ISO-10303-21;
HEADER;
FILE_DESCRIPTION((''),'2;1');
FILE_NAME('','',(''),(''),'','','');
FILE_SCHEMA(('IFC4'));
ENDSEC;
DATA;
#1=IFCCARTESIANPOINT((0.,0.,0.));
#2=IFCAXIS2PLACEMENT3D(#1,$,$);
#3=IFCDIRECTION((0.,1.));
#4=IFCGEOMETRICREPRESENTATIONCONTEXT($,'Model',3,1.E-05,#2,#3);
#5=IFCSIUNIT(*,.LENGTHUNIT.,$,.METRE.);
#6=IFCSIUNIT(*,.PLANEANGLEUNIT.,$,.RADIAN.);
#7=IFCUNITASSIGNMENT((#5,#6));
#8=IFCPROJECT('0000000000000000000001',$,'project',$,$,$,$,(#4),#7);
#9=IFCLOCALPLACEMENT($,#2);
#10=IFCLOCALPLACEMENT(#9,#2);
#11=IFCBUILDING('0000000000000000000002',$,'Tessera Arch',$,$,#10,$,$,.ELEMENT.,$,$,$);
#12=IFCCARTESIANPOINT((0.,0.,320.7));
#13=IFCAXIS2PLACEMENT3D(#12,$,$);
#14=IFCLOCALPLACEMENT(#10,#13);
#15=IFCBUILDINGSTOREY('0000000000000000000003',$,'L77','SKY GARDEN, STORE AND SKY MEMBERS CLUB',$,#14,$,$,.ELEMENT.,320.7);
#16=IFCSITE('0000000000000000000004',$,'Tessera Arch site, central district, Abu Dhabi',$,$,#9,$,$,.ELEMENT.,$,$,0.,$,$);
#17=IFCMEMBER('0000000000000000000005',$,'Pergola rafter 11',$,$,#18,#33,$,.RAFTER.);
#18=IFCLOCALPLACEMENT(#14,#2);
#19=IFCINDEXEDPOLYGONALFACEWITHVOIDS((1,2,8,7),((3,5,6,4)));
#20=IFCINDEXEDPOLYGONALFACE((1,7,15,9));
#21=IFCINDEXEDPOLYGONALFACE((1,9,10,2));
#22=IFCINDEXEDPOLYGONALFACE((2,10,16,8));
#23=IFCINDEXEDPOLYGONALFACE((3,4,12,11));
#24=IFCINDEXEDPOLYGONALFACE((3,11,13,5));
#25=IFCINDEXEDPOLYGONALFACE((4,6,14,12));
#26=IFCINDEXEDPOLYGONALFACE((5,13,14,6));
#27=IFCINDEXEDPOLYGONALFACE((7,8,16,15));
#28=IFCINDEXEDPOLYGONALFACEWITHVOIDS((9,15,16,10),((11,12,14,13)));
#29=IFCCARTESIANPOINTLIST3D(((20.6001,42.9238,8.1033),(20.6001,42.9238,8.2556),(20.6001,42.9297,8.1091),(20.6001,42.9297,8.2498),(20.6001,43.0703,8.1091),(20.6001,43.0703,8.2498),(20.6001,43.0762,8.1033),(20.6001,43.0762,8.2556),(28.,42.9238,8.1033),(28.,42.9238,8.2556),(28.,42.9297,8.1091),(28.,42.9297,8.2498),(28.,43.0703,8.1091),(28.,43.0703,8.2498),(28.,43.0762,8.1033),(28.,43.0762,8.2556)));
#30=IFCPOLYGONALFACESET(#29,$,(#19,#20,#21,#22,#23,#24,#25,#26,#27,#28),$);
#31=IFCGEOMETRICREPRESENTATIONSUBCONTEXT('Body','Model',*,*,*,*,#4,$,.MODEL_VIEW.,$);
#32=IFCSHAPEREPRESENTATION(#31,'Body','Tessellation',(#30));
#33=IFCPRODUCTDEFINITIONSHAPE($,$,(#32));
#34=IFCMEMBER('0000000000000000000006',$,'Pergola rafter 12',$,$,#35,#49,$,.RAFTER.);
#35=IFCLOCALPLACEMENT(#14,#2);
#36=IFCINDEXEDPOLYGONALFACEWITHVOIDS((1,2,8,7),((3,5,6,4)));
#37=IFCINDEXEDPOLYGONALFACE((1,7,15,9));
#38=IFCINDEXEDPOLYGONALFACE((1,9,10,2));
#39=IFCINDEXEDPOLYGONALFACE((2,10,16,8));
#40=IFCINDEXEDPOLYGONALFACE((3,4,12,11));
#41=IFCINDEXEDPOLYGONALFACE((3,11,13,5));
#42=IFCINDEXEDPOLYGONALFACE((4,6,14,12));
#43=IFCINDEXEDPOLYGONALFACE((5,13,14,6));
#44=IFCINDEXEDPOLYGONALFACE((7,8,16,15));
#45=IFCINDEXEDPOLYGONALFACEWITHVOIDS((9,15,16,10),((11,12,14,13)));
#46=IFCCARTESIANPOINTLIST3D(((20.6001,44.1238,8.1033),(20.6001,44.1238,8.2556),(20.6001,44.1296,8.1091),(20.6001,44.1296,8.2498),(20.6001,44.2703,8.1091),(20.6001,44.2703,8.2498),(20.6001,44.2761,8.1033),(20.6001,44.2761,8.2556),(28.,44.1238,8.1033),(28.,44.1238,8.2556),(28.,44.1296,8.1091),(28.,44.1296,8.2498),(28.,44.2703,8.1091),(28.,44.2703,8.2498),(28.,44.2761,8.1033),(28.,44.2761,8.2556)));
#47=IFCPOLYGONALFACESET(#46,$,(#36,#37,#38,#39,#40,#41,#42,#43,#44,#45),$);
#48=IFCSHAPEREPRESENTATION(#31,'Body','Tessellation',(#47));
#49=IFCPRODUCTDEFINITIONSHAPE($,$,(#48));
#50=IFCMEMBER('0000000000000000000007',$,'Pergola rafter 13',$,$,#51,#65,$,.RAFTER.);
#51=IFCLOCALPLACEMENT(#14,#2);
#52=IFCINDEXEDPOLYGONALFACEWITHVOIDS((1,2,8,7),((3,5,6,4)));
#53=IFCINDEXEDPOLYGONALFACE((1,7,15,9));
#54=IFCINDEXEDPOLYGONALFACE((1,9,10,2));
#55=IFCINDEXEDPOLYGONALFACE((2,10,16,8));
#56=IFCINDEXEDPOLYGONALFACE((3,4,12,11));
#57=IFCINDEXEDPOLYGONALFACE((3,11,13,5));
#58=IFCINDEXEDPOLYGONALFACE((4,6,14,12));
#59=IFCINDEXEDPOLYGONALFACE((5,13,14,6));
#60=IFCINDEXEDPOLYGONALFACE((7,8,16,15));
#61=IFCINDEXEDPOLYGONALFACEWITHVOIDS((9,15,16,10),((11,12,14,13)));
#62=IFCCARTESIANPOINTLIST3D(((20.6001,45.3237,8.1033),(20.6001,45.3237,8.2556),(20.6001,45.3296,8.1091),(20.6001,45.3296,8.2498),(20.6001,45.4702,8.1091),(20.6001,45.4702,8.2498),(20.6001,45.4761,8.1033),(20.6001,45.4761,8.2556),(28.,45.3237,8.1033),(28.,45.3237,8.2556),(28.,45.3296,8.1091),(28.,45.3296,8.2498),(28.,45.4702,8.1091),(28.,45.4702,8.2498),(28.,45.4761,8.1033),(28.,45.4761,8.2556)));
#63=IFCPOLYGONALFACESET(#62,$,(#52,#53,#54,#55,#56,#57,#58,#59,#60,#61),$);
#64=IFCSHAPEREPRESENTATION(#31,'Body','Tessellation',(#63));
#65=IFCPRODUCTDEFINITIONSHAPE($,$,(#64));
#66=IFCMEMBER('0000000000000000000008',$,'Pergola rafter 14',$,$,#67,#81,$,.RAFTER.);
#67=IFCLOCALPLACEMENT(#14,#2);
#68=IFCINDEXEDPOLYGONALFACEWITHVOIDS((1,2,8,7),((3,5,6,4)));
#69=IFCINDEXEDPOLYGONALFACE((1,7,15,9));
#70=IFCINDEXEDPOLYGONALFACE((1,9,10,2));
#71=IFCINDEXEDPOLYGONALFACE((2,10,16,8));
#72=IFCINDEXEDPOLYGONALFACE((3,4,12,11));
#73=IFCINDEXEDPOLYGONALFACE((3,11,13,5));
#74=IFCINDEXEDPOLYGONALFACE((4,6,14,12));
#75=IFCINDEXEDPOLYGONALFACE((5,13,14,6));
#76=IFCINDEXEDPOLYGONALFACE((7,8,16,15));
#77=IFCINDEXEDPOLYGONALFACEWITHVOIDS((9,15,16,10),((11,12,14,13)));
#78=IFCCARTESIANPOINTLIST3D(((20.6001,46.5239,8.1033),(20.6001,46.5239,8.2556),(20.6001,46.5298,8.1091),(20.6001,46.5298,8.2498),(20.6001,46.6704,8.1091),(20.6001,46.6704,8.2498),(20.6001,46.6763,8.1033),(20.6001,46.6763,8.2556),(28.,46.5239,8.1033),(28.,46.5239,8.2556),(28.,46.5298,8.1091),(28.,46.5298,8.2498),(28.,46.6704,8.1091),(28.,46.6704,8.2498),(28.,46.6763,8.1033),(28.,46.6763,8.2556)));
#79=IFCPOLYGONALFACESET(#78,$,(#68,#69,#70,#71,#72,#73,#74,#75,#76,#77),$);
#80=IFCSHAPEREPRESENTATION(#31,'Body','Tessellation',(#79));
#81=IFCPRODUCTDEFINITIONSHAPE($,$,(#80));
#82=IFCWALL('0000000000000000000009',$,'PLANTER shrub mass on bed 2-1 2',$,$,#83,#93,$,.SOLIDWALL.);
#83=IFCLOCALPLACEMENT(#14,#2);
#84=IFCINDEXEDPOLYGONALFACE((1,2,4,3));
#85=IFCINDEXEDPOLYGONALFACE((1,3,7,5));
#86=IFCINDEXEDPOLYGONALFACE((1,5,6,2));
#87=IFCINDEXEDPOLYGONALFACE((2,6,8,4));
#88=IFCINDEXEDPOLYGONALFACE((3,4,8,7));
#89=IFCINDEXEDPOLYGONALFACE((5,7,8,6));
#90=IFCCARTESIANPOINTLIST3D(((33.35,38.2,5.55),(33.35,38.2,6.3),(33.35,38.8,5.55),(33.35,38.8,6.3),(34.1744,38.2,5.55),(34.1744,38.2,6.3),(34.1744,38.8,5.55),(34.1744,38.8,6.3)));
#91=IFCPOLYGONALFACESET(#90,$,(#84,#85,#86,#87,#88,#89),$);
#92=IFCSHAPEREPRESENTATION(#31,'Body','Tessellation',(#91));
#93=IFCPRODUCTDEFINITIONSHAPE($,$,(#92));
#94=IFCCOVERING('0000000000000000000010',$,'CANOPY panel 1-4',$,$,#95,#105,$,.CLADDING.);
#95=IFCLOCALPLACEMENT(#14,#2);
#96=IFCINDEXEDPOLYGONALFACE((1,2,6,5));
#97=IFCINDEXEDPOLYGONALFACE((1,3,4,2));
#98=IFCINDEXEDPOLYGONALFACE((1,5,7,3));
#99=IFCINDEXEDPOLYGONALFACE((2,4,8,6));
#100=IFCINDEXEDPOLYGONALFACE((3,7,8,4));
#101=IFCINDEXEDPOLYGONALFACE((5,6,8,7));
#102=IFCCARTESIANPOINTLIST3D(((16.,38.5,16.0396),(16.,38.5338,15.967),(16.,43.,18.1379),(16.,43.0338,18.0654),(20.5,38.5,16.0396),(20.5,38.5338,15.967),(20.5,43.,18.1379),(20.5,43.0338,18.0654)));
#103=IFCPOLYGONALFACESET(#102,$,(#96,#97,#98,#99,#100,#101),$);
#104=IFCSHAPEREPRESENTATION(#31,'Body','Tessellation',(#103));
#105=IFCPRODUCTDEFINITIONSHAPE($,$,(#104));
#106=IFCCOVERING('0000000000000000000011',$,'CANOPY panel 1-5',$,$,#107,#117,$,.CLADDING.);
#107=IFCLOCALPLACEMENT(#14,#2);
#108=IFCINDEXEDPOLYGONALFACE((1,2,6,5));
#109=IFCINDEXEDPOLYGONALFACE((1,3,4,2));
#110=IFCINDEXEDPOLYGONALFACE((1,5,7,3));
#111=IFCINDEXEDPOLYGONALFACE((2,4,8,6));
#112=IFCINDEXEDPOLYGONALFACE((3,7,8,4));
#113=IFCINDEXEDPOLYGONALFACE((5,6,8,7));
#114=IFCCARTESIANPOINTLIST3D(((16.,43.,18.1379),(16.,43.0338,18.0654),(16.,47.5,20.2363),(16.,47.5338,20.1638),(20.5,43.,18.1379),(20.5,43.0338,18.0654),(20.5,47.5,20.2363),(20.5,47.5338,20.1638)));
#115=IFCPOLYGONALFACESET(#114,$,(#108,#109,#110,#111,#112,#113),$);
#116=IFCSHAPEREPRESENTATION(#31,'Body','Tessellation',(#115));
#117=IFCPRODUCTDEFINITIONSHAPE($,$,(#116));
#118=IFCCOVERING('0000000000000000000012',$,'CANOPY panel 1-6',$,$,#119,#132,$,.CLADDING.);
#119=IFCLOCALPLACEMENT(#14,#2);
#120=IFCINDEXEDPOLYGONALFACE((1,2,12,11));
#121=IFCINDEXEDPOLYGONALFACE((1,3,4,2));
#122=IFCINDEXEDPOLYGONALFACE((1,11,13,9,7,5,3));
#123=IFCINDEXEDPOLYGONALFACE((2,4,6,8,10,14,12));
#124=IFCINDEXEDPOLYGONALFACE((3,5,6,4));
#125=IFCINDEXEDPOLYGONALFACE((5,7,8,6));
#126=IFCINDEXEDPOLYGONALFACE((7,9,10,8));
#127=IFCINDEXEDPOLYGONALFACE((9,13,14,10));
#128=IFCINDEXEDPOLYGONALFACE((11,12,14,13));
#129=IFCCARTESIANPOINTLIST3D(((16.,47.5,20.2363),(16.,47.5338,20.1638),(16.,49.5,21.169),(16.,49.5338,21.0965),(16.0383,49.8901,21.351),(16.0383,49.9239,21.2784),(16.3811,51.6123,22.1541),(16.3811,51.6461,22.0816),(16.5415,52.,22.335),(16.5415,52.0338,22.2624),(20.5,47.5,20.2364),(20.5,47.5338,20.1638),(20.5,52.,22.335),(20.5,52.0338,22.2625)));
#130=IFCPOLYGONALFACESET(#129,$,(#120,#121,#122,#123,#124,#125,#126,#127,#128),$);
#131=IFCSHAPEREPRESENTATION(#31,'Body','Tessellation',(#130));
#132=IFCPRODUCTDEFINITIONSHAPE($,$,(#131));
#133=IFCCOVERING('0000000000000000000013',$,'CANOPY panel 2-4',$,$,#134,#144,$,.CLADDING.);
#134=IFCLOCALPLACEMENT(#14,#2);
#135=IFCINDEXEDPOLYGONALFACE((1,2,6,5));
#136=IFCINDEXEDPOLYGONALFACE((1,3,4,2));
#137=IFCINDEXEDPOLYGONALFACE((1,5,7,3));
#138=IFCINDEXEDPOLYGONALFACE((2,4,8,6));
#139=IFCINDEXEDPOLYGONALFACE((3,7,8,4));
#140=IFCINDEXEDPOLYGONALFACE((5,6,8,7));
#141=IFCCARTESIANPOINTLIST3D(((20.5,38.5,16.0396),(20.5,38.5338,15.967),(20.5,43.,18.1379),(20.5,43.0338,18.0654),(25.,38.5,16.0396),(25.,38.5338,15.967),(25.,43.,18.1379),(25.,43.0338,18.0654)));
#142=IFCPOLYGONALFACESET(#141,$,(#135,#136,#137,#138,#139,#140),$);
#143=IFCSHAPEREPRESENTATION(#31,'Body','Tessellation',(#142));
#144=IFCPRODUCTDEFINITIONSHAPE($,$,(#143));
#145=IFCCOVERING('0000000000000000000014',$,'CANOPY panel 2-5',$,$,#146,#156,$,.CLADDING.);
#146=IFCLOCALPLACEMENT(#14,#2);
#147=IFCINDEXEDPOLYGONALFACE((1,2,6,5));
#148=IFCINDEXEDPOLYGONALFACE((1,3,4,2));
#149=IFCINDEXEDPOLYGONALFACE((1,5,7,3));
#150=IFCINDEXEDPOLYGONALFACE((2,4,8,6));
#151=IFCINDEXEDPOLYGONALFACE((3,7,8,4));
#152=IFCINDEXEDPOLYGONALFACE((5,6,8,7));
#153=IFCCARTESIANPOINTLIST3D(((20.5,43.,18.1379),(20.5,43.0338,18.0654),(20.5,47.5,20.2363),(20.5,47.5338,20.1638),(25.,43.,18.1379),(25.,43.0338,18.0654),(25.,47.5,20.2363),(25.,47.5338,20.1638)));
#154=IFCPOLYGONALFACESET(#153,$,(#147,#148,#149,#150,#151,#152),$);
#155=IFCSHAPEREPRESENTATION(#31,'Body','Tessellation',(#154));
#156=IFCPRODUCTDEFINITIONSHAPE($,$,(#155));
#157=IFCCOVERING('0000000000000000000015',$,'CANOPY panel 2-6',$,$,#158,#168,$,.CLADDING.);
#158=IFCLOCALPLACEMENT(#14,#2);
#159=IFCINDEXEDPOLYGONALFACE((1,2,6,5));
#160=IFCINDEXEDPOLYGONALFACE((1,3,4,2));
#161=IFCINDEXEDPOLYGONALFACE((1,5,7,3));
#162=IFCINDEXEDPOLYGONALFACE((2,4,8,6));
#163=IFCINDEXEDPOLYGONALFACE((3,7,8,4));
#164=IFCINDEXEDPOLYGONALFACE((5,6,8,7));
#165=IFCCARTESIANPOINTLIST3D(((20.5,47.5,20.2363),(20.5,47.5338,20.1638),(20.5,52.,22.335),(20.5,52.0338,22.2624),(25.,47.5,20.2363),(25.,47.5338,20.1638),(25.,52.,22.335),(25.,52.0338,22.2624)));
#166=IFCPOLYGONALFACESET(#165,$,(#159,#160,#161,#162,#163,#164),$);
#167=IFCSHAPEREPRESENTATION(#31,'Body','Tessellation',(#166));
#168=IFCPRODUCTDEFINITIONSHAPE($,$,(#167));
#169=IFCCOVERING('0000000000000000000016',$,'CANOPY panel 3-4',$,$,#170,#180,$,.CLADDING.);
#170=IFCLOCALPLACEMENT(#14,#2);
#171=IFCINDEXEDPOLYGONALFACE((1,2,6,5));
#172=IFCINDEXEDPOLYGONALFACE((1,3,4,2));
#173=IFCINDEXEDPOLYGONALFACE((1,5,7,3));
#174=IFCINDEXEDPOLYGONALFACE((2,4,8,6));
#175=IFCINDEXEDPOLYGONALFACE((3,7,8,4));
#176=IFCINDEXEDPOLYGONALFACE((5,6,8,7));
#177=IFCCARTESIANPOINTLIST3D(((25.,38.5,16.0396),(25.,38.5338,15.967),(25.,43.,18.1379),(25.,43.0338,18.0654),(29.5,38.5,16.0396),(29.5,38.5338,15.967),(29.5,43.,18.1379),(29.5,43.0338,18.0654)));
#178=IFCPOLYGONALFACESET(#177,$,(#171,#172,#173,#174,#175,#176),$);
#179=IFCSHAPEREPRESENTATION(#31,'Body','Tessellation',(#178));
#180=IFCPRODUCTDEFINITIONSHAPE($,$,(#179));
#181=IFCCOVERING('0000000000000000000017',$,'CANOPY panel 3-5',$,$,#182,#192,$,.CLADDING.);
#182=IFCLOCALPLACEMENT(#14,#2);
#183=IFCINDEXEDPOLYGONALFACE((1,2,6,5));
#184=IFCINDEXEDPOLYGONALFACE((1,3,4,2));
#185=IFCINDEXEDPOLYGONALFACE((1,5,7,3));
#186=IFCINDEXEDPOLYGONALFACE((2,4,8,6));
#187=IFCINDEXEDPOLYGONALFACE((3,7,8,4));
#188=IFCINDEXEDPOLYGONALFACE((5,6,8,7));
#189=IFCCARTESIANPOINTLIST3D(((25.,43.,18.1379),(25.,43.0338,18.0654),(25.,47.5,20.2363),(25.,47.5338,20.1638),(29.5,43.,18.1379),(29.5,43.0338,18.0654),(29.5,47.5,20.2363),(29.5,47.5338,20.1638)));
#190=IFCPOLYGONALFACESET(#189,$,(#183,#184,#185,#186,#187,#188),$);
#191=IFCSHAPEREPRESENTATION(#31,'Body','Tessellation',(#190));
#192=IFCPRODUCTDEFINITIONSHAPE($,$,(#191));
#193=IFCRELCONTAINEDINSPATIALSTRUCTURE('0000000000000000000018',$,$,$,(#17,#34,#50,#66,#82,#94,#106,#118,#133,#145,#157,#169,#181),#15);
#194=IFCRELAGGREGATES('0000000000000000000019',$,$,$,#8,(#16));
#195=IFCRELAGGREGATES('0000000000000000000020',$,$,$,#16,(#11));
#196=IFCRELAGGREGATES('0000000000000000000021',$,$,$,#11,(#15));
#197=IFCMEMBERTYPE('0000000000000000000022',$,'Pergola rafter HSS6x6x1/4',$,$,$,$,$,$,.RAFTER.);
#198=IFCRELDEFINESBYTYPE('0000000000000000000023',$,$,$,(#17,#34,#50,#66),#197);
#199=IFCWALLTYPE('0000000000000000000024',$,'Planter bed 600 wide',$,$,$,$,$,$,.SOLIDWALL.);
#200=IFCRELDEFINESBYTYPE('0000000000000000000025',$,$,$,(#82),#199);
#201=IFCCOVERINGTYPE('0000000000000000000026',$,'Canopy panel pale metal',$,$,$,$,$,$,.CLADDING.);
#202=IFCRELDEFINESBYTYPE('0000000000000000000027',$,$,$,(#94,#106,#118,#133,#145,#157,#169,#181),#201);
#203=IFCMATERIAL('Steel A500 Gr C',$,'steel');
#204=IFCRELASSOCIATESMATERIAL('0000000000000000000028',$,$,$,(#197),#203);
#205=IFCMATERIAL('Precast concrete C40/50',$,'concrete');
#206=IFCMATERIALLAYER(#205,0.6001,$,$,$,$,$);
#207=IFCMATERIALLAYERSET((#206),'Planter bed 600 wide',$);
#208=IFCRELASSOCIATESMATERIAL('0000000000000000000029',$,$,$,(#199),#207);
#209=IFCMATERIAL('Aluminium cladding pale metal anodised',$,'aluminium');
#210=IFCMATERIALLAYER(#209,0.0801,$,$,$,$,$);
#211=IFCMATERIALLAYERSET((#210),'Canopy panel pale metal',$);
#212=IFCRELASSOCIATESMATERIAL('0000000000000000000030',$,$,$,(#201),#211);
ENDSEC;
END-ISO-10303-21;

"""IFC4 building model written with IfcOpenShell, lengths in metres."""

from ifc_helpers import new_model, si_unit, direction, frame, frame_2d, origin, origin_2d, place, context, subcontext, project, spatial, polyline, rectangle, hollow_rectangle, outline, extrude, material, layer, layer_set, material_profile, profile_set, type_object, element, save


model = new_model("IFC4")

# Units and contexts
model_context = context("Model", 3, precision=1e-05, world=origin(), true_north=direction((0.0, 1.0)))
body_context = subcontext(model_context, "Body", "Model", "MODEL_VIEW")
ifc_project = project(units=[si_unit("LENGTHUNIT", "METRE"), si_unit("PLANEANGLEUNIT", "RADIAN")], contexts=[model_context])

# Site, building, storey
site_placement = place(None, origin())
site = spatial("IfcSite", under=ifc_project, at=site_placement, Name="Tessera Arch site, central district, Abu Dhabi", CompositionType="ELEMENT", RefElevation=0.0)
building_placement = place(site_placement, origin())
building = spatial("IfcBuilding", under=site, at=building_placement, Name="Tessera Arch", CompositionType="ELEMENT")
storey_placement = place(building_placement, frame((0.0, 0.0, 320.7)))
storey = spatial("IfcBuildingStorey", under=building, at=storey_placement, Name="L77", Description="SKY GARDEN, STORE AND SKY MEMBERS CLUB", CompositionType="ELEMENT", Elevation=320.7)

# Members
ifc_material_1 = material(Name="Steel A500 Gr C", Category="steel")
ifc_material_profile_1 = material_profile(ifc_material_1, hollow_rectangle(XDim=0.1523, YDim=0.1523, WallThickness=0.0059, at=origin_2d()), Name="HSS6x6x1/4")
ifc_profile_set_1 = profile_set([ifc_material_profile_1], Name="Steel A500 Gr C")
member_type_1 = type_object("IfcMemberType", Name="Pergola rafter HSS6x6x1/4", PredefinedType="RAFTER", material=ifc_profile_set_1)
for number, where, z_axis, x_axis, name in (
    (1, (20.6001, 43.0, 8.1794), (1.0, 0.0, 0.0), (0.0, 1.0, 0.0), "Pergola rafter 11"),
    (2, (20.6001, 44.2, 8.1794), (1.0, 0.0, 0.0), (0.0, 1.0, 0.0), "Pergola rafter 12"),
    (3, (20.6001, 45.3999, 8.1794), (1.0, 0.0, 0.0), (0.0, 1.0, 0.0), "Pergola rafter 13"),
    (4, (20.6001, 46.6001, 8.1794), (1.0, 0.0, 0.0), (0.0, 1.0, 0.0), "Pergola rafter 14"),
):
    element("IfcMember", number, at=place(storey_placement, frame(where, z_axis=z_axis, x_axis=x_axis)), inside=storey, type_object=member_type_1, Name=name, PredefinedType="RAFTER", context=body_context, shape_type="SweptSolid", body=[
        extrude(hollow_rectangle(XDim=0.1523, YDim=0.1523, WallThickness=0.0059, at=origin_2d()), origin(), (0.0, 0.0, 1.0), 7.3999),
    ])

# Wall
ifc_material_2 = material(Name="Precast concrete C40/50", Category="concrete")
ifc_layer_1 = layer(ifc_material_2, 0.6001)
ifc_layer_set_1 = layer_set([ifc_layer_1], Name="Planter bed 600 wide")
wall_type = type_object("IfcWallType", Name="Planter bed 600 wide", PredefinedType="SOLIDWALL", material=ifc_layer_set_1)
wall_placement = place(storey_placement, frame((33.3501, 38.5, 5.55), z_axis=(0.0, 0.0, 1.0), x_axis=(1.0, 0.0, 0.0)))
element("IfcWall", 5, at=wall_placement, inside=storey, type_object=wall_type, Name="PLANTER shrub mass on bed 2-1 2", PredefinedType="SOLIDWALL", context=body_context, shape_type="SweptSolid", body=[
    extrude(rectangle(XDim=0.8245, YDim=0.6001, at=frame_2d((0.4121, 0.0))), origin(), (0.0, 0.0, 1.0), 0.75),
])

# Coverings
ifc_material_3 = material(Name="Aluminium cladding pale metal anodised", Category="aluminium")
ifc_layer_2 = layer(ifc_material_3, 0.0801)
ifc_layer_set_2 = layer_set([ifc_layer_2], Name="Canopy panel pale metal")
covering_type = type_object("IfcCoveringType", Name="Canopy panel pale metal", PredefinedType="CLADDING", material=ifc_layer_set_2)
for number, where, z_axis, x_axis, name in (
    (6, (16.0, 38.5, 16.0396), (0.0, -0.422619, 0.906307), (1.0, 0.0, 0.0), "CANOPY panel 1-4"),
    (7, (16.0, 43.0, 18.1379), (0.0, -0.422619, 0.906307), (1.0, 0.0, 0.0), "CANOPY panel 1-5"),
):
    element("IfcCovering", number, at=place(storey_placement, frame(where, z_axis=z_axis, x_axis=x_axis)), inside=storey, type_object=covering_type, Name=name, PredefinedType="CLADDING", context=body_context, shape_type="SweptSolid", body=[
        extrude(outline(polyline([(0.0, 0.0), (4.5, 0.0), (4.5, 4.9652), (0.0, 4.9652), (0.0, 0.0)])), origin(), (0.0, 0.0, -1.0), 0.0801),
    ])
covering_1_placement = place(storey_placement, frame((16.0, 47.5, 20.2363), z_axis=(-0.000019, -0.422657, 0.90629), x_axis=(1.0, -0.000008, 0.000017)))
element("IfcCovering", 8, at=covering_1_placement, inside=storey, type_object=covering_type, Name="CANOPY panel 1-6", PredefinedType="CLADDING", context=body_context, shape_type="SweptSolid", body=[
    extrude(outline(polyline([(0.0, 0.0), (4.5, 0.0), (4.5, 4.9653), (0.5415, 4.9653), (0.3811, 4.5375), (0.0383, 2.6372), (0.0, 2.2068), (0.0, 0.0)])), origin(), (0.0, 0.0, -1.0), 0.0801),
])
for number, where, z_axis, x_axis, name in (
    (9, (25.0, 38.5, 16.0396), (0.0, -0.422619, 0.906307), (0.0, 0.906307, 0.422619), "CANOPY panel 2-4"),
    (10, (25.0, 43.0, 18.1379), (0.0, -0.422619, 0.906307), (0.0, 0.906307, 0.422619), "CANOPY panel 2-5"),
):
    element("IfcCovering", number, at=place(storey_placement, frame(where, z_axis=z_axis, x_axis=x_axis)), inside=storey, type_object=covering_type, Name=name, PredefinedType="CLADDING", context=body_context, shape_type="SweptSolid", body=[
        extrude(outline(polyline([(0.0, 0.0), (4.9652, 0.0), (4.9652, 4.5), (0.0, 4.5), (0.0, 0.0)])), origin(), (0.0, 0.0, -1.0), 0.0801),
    ])
covering_2_placement = place(storey_placement, frame((25.0, 47.5, 20.2363), z_axis=(0.0, -0.422659, 0.906289), x_axis=(0.0, 0.906289, 0.422659)))
element("IfcCovering", 11, at=covering_2_placement, inside=storey, type_object=covering_type, Name="CANOPY panel 2-6", PredefinedType="CLADDING", context=body_context, shape_type="SweptSolid", body=[
    extrude(outline(polyline([(0.0, 0.0), (4.9653, 0.0), (4.9653, 4.5), (0.0, 4.5), (0.0, 0.0)])), origin(), (0.0, 0.0, -1.0), 0.0801),
])
for number, where, z_axis, x_axis, name in (
    (12, (29.5, 38.5, 16.0396), (0.0, -0.422619, 0.906307), (0.0, 0.906307, 0.422619), "CANOPY panel 3-4"),
    (13, (29.5, 43.0, 18.1379), (0.0, -0.422619, 0.906307), (0.0, 0.906307, 0.422619), "CANOPY panel 3-5"),
):
    element("IfcCovering", number, at=place(storey_placement, frame(where, z_axis=z_axis, x_axis=x_axis)), inside=storey, type_object=covering_type, Name=name, PredefinedType="CLADDING", context=body_context, shape_type="SweptSolid", body=[
        extrude(outline(polyline([(0.0, 0.0), (4.9652, 0.0), (4.9652, 4.5), (0.0, 4.5), (0.0, 0.0)])), origin(), (0.0, 0.0, -1.0), 0.0801),
    ])

save(model, "model.ifc")
